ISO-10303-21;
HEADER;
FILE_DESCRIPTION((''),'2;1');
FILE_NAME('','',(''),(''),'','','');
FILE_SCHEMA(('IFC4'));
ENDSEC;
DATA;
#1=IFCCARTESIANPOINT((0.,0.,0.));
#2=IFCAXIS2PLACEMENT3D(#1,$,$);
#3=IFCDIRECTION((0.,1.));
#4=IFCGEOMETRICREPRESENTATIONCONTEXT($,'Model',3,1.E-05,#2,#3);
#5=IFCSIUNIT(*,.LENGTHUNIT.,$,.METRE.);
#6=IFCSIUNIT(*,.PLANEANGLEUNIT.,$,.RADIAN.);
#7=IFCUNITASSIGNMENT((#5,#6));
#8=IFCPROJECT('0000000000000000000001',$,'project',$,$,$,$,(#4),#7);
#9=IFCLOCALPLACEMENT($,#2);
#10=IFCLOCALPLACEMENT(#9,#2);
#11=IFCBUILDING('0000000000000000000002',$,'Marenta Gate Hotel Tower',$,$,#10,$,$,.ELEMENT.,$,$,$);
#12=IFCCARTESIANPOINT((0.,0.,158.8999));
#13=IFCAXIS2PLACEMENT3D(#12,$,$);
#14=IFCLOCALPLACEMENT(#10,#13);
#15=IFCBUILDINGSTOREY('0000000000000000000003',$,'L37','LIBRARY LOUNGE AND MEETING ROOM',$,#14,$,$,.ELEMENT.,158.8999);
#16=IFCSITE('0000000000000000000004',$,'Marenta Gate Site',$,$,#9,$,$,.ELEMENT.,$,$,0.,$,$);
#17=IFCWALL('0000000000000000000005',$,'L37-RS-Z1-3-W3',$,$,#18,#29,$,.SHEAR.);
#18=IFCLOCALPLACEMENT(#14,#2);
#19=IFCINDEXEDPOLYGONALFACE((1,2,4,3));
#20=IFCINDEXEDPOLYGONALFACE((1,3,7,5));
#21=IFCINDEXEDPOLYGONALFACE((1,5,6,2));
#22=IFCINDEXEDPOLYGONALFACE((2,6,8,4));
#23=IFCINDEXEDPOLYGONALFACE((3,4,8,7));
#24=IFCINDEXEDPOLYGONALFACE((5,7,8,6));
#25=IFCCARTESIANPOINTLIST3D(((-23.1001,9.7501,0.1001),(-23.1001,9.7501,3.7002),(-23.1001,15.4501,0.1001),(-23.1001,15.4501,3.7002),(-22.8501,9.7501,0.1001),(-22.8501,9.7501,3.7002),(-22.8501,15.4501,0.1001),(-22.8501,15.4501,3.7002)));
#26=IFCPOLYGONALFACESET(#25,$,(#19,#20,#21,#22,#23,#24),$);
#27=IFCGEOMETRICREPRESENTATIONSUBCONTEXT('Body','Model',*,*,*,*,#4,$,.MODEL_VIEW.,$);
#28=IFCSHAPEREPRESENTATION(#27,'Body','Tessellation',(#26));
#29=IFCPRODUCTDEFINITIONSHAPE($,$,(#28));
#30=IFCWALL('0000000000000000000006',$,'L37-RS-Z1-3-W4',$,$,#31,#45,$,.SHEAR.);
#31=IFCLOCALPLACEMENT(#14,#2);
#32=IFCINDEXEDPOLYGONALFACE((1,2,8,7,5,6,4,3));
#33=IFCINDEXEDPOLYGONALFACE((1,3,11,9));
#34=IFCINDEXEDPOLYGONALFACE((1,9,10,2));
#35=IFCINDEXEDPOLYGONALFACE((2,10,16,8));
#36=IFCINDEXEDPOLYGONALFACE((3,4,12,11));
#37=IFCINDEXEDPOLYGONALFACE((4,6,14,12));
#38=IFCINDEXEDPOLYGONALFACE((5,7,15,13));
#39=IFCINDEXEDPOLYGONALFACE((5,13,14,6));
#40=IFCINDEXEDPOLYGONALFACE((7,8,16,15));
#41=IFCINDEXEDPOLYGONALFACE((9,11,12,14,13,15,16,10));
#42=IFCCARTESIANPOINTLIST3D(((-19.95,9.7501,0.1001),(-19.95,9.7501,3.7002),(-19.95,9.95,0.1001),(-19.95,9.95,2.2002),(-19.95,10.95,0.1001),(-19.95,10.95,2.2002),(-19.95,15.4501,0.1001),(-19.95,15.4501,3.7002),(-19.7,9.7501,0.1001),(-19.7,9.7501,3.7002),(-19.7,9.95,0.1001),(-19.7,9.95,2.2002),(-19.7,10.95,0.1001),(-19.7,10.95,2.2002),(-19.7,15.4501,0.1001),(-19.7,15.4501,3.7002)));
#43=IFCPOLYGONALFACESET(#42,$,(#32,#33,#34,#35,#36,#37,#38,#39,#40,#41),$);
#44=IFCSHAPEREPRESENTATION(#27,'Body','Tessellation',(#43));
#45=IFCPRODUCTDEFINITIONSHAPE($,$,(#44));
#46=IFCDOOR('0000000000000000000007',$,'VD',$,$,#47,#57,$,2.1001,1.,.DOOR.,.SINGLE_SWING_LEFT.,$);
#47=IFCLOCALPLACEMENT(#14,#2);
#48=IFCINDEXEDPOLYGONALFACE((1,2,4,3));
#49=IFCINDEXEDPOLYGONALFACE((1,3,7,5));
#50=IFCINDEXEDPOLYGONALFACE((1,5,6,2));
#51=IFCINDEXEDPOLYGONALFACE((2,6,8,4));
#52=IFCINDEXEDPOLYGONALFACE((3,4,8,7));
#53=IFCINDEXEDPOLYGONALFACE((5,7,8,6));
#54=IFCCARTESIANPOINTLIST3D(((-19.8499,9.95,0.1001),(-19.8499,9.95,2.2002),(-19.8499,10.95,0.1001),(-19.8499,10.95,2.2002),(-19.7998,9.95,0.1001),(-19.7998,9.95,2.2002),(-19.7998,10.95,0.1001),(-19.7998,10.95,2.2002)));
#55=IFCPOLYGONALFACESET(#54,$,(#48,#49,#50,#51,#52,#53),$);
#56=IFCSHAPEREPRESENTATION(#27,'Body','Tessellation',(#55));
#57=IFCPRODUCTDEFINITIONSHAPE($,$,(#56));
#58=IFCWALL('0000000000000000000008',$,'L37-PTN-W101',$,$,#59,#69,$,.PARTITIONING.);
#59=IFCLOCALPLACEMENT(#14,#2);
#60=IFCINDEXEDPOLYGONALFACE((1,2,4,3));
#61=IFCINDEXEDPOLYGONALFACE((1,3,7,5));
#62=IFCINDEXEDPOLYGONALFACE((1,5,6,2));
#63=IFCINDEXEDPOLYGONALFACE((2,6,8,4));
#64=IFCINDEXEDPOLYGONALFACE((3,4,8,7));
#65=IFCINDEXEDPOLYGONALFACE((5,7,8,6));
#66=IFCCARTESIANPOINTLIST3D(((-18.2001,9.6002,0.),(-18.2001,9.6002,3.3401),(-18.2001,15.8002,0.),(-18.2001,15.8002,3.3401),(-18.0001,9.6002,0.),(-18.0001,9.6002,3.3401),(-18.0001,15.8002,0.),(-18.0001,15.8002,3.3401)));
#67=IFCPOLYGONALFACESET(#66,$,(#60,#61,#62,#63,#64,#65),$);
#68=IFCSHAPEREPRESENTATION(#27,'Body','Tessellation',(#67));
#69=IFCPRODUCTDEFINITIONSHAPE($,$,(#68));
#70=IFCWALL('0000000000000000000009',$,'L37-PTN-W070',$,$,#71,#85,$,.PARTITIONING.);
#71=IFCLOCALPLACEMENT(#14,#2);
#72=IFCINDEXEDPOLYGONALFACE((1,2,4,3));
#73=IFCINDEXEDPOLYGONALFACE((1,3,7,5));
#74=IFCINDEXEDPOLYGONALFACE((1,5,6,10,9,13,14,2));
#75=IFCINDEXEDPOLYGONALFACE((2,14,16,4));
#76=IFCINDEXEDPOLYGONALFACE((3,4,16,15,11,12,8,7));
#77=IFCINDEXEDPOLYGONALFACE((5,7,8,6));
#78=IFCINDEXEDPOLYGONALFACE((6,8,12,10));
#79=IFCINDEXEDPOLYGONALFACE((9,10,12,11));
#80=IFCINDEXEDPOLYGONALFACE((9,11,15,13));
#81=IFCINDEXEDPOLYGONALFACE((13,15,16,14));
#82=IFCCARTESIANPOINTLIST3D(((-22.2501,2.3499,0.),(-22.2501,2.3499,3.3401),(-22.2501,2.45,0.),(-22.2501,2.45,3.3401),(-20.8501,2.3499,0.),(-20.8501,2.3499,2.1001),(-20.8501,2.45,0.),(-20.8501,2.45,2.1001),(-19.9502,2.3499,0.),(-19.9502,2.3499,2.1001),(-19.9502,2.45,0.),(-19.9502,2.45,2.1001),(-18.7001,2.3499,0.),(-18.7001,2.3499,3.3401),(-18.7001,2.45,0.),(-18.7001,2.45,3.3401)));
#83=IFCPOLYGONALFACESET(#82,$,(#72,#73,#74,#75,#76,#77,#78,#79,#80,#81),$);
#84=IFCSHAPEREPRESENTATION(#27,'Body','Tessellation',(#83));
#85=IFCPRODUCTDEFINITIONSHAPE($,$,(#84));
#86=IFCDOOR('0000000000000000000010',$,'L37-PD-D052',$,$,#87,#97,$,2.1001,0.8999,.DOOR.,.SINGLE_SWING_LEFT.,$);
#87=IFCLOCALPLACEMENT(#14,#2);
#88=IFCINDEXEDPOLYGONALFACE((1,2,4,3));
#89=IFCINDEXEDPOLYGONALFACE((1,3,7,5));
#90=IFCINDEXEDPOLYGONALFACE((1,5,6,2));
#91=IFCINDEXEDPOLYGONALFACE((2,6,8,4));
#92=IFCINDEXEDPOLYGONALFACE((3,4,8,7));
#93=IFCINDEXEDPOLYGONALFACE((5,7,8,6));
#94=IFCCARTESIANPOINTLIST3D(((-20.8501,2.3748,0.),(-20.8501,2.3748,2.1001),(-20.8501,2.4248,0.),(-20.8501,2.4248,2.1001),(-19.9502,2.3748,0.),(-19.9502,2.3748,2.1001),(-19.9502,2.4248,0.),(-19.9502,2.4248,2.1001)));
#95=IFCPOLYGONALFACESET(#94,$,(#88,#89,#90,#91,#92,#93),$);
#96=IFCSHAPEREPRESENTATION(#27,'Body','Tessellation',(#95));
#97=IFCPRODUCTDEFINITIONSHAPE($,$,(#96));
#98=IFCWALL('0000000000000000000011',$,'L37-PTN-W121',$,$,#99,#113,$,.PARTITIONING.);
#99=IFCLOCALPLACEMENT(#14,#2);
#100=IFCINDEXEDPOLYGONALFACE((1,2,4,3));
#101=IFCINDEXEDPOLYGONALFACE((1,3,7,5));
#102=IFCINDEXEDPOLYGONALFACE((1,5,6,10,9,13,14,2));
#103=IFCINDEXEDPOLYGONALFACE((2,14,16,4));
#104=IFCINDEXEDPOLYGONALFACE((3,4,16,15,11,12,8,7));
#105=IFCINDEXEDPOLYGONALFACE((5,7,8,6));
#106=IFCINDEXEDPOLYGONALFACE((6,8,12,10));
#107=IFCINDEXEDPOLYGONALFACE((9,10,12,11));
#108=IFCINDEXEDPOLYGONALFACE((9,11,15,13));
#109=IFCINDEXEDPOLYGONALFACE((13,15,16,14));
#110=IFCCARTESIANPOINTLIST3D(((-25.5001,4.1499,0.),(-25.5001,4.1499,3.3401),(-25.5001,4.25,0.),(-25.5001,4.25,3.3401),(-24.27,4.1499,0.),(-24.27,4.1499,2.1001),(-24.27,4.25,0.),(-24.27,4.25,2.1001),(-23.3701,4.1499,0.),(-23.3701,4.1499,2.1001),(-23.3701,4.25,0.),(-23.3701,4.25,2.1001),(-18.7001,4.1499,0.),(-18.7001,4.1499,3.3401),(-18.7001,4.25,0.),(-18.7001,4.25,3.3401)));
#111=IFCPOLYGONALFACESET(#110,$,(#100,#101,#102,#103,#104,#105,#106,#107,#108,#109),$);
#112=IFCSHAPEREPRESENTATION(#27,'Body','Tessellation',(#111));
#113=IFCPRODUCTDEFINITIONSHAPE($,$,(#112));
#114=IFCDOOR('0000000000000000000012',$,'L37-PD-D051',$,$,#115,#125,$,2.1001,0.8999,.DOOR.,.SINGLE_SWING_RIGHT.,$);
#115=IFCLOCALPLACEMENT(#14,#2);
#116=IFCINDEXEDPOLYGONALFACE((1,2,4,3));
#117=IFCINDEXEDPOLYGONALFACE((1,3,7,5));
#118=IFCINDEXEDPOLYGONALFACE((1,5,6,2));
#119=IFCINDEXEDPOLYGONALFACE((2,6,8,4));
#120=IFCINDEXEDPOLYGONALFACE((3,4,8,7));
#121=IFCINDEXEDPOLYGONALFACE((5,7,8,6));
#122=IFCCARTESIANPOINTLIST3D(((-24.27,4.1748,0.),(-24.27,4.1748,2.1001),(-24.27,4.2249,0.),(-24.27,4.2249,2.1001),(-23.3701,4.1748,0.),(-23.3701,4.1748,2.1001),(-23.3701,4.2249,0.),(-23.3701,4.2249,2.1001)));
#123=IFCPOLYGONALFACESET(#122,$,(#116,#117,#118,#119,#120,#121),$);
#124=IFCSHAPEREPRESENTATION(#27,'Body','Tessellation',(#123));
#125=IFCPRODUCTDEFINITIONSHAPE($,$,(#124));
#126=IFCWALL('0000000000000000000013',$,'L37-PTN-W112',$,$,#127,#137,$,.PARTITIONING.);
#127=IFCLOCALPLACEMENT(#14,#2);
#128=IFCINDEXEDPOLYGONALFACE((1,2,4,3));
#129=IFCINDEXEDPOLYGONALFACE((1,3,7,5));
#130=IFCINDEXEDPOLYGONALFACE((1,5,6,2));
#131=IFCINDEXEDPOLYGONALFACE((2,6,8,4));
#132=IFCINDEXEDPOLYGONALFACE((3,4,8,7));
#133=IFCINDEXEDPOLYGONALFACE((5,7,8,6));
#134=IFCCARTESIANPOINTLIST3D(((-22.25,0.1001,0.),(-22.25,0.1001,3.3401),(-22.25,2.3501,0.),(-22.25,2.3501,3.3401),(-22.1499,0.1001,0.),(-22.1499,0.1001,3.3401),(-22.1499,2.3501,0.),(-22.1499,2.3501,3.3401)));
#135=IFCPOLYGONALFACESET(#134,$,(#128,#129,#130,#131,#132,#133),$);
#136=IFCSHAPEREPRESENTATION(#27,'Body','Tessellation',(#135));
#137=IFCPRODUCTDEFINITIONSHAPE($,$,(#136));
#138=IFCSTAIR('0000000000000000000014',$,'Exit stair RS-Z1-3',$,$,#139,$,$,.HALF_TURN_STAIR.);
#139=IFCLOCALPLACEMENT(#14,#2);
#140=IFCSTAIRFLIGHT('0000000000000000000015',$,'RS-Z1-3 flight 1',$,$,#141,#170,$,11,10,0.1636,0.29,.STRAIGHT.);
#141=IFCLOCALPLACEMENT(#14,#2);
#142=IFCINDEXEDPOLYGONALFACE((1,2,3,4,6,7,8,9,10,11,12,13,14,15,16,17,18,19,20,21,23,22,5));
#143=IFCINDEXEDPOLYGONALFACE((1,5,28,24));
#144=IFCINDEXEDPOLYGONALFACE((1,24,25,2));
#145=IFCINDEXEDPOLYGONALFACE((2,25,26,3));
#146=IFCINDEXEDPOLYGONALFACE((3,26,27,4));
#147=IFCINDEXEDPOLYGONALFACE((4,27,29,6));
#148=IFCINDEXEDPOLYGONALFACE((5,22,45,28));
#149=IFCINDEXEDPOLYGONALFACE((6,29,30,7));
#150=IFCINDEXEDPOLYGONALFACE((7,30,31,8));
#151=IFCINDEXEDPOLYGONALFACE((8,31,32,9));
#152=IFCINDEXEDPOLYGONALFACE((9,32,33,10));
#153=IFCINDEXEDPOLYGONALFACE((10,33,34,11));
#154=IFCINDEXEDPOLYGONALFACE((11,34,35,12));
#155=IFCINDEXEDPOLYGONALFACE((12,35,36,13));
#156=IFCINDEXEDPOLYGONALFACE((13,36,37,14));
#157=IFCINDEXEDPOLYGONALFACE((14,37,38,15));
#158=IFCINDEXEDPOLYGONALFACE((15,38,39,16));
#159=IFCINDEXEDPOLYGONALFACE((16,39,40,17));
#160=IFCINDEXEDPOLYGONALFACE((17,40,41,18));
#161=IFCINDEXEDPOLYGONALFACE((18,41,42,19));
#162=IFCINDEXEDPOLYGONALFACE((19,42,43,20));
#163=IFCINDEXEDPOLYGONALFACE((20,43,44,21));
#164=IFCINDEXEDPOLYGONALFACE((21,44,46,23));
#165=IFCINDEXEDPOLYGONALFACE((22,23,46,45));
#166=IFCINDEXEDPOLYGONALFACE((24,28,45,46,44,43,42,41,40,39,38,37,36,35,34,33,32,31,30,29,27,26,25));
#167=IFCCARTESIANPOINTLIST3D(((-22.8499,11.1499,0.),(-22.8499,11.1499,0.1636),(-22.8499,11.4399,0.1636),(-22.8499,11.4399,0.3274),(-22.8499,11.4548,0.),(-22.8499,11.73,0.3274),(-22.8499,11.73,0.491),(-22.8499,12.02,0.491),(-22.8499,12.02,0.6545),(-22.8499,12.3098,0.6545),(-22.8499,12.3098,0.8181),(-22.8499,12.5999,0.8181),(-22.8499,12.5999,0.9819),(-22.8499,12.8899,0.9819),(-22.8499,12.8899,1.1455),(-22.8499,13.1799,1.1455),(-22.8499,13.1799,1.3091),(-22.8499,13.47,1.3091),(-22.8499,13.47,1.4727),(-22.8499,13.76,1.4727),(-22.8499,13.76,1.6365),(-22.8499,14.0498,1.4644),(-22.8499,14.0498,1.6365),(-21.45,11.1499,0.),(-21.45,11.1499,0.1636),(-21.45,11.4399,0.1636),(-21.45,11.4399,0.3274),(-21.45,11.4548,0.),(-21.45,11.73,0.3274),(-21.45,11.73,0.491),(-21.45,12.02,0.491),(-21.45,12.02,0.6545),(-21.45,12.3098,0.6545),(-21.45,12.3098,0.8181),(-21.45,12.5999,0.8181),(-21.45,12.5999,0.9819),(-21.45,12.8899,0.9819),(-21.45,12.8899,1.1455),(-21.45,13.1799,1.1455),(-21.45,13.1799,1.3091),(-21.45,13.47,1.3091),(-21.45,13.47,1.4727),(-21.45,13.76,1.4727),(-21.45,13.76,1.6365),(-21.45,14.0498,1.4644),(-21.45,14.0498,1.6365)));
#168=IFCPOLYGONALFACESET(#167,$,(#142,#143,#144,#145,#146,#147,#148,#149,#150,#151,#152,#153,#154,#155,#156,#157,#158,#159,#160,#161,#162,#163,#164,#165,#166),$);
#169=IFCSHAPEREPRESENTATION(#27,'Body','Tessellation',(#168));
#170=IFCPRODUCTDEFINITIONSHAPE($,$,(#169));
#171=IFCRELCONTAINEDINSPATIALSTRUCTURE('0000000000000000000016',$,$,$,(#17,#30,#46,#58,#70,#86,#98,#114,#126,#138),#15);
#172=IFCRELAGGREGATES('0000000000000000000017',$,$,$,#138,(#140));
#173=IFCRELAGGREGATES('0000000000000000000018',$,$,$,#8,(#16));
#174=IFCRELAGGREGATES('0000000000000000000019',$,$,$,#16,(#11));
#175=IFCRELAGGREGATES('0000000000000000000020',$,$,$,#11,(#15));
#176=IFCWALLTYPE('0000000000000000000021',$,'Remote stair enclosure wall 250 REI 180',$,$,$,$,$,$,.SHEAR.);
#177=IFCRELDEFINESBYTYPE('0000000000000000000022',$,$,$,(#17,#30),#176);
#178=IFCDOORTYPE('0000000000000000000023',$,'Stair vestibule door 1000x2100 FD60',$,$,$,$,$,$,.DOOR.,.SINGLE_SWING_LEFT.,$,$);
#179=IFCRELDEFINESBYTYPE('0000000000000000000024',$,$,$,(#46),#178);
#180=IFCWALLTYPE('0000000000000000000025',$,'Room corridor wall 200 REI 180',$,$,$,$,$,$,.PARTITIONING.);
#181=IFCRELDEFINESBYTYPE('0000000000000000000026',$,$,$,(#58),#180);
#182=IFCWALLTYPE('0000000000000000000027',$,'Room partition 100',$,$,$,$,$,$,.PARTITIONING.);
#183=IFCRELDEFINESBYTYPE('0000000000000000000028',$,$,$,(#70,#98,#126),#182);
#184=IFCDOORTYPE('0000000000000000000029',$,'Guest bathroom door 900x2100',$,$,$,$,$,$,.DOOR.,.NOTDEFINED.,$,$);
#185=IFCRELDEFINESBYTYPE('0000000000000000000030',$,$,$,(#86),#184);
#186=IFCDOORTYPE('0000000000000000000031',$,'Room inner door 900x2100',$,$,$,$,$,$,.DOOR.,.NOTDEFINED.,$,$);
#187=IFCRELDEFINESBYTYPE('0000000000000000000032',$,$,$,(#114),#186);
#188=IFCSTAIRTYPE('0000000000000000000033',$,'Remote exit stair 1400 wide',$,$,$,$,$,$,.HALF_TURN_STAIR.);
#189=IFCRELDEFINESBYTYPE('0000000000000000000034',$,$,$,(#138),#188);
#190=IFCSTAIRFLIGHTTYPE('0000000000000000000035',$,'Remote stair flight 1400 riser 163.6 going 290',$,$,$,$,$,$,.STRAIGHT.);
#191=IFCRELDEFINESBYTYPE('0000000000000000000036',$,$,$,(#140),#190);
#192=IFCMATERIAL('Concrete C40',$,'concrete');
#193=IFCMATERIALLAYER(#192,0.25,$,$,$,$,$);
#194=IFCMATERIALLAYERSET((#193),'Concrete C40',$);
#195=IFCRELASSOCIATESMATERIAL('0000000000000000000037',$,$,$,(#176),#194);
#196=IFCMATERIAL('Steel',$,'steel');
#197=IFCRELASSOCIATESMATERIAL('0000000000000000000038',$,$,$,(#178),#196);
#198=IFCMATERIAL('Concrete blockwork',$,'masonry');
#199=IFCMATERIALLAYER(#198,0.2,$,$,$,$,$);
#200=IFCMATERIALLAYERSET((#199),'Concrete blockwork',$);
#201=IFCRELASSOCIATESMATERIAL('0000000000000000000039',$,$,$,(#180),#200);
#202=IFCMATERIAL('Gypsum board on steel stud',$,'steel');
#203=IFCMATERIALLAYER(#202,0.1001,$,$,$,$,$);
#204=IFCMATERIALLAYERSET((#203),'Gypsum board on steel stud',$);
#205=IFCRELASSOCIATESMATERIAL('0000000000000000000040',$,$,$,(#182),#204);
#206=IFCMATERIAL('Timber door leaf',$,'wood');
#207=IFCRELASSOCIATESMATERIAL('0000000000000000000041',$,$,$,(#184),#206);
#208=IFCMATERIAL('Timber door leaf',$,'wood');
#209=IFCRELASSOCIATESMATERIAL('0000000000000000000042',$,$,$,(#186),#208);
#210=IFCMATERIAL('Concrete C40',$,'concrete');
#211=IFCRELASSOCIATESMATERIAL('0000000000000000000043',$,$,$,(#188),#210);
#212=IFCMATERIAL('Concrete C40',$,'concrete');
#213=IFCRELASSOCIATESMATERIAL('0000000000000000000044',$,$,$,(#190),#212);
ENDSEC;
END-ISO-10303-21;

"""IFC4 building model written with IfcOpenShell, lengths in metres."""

from ifc_helpers import new_model, si_unit, direction, frame, frame_2d, origin, place, context, subcontext, project, spatial, polyline, rectangle, outline, extrude, material, layer, layer_set, type_object, element, fill, aggregate, save


model = new_model("IFC4")

# Units and contexts
model_context = context("Model", 3, precision=1e-05, world=origin(), true_north=direction((0.0, 1.0)))
body_context = subcontext(model_context, "Body", "Model", "MODEL_VIEW")
ifc_project = project(units=[si_unit("LENGTHUNIT", "METRE"), si_unit("PLANEANGLEUNIT", "RADIAN")], contexts=[model_context])

# Site, building, storey
site_placement = place(None, origin())
site = spatial("IfcSite", under=ifc_project, at=site_placement, Name="Marenta Gate Site", CompositionType="ELEMENT", RefElevation=0.0)
building_placement = place(site_placement, origin())
building = spatial("IfcBuilding", under=site, at=building_placement, Name="Marenta Gate Hotel Tower", CompositionType="ELEMENT")
storey_placement = place(building_placement, frame((0.0, 0.0, 158.8999)))
storey = spatial("IfcBuildingStorey", under=building, at=storey_placement, Name="L37", Description="LIBRARY LOUNGE AND MEETING ROOM", CompositionType="ELEMENT", Elevation=158.8999)

# Wall
ifc_material_1 = material(Name="Concrete C40", Category="concrete")
ifc_layer_1 = layer(ifc_material_1, 0.25)
ifc_layer_set_1 = layer_set([ifc_layer_1], Name="Concrete C40")
wall_type_1 = type_object("IfcWallType", Name="Remote stair enclosure wall 250 REI 180", PredefinedType="SHEAR", material=ifc_layer_set_1)
wall_1_placement = place(storey_placement, frame((-22.9751, 9.75, 0.1001), z_axis=(0.0, 0.0, 1.0), x_axis=(0.0, 1.0, 0.0)))
element("IfcWall", 1, at=wall_1_placement, inside=storey, type_object=wall_type_1, Name="L37-RS-Z1-3-W3", PredefinedType="SHEAR", context=body_context, shape_type="SweptSolid", body=[
    extrude(rectangle(XDim=5.7, YDim=0.25, at=frame_2d((2.8501, 0.0))), origin(), (0.0, 0.0, 1.0), 3.6001),
])

# Wall, opening, door
wall_2_placement = place(storey_placement, frame((-19.825, 9.75, 0.1001), z_axis=(0.0, 0.0, 1.0), x_axis=(0.0, 1.0, 0.0)))
wall_2 = element("IfcWall", 2, at=wall_2_placement, inside=storey, type_object=wall_type_1, Name="L37-RS-Z1-3-W4", PredefinedType="SHEAR", context=body_context, shape_type="SweptSolid", body=[
    extrude(rectangle(XDim=5.7, YDim=0.25, at=frame_2d((2.8501, 0.0))), origin(), (0.0, 0.0, 1.0), 3.6001),
])
opening_1_placement = place(wall_2_placement, frame((0.2, 0.0, 0.0)))
opening_1 = element("IfcOpeningElement", 3, at=opening_1_placement, cuts=wall_2, PredefinedType="OPENING", context=body_context, shape_type="SweptSolid", body=[
    extrude(rectangle(XDim=1.0, YDim=2.1001, at=frame_2d((0.5, 1.05))), frame((0.0, 0.125, 0.0), z_axis=(0.0, -1.0, 0.0), x_axis=(1.0, 0.0, 0.0)), (0.0, 0.0, 1.0), 0.25),
])
ifc_material_2 = material(Name="Steel", Category="steel")
door_type_1 = type_object("IfcDoorType", Name="Stair vestibule door 1000x2100 FD60", OperationType="SINGLE_SWING_LEFT", PredefinedType="DOOR", material=ifc_material_2)
door_1_placement = place(opening_1_placement, origin())
door_1 = element("IfcDoor", 4, at=door_1_placement, inside=storey, type_object=door_type_1, Name="VD", OperationType="SINGLE_SWING_LEFT", OverallHeight=2.1001, OverallWidth=1.0, PredefinedType="DOOR", context=body_context, shape_type="SweptSolid", body=[
    extrude(rectangle(XDim=1.0, YDim=2.1001, at=frame_2d((0.5, 1.05))), frame((0.0, 0.0249, 0.0), z_axis=(0.0, -1.0, 0.0), x_axis=(1.0, 0.0, 0.0)), (0.0, 0.0, 1.0), 0.05),
])
fill(opening_1, door_1)
ifc_material_3 = material(Name="Concrete blockwork", Category="masonry")
ifc_layer_2 = layer(ifc_material_3, 0.2)
ifc_layer_set_2 = layer_set([ifc_layer_2], Name="Concrete blockwork")
wall_type_2 = type_object("IfcWallType", Name="Room corridor wall 200 REI 180", PredefinedType="PARTITIONING", material=ifc_layer_set_2)

# Wall
wall_3_placement = place(storey_placement, frame((-18.1001, 9.6001, 0.0), z_axis=(0.0, 0.0, 1.0), x_axis=(0.0, 1.0, 0.0)))
element("IfcWall", 5, at=wall_3_placement, inside=storey, type_object=wall_type_2, Name="L37-PTN-W101", PredefinedType="PARTITIONING", context=body_context, shape_type="SweptSolid", body=[
    extrude(rectangle(XDim=6.2, YDim=0.2, at=frame_2d((3.1001, 0.0))), origin(), (0.0, 0.0, 1.0), 3.3401),
])

# Walls, openings, doors
ifc_material_4 = material(Name="Gypsum board on steel stud", Category="steel")
ifc_layer_3 = layer(ifc_material_4, 0.1001)
ifc_layer_set_3 = layer_set([ifc_layer_3], Name="Gypsum board on steel stud")
wall_type_3 = type_object("IfcWallType", Name="Room partition 100", PredefinedType="PARTITIONING", material=ifc_layer_set_3)
wall_4_placement = place(storey_placement, frame((-22.25, 2.3999, 0.0), z_axis=(0.0, 0.0, 1.0), x_axis=(1.0, 0.0, 0.0)))
wall_4 = element("IfcWall", 6, at=wall_4_placement, inside=storey, type_object=wall_type_3, Name="L37-PTN-W070", PredefinedType="PARTITIONING", context=body_context, shape_type="SweptSolid", body=[
    extrude(rectangle(XDim=3.55, YDim=0.1001, at=frame_2d((1.7749, 0.0))), origin(), (0.0, 0.0, 1.0), 3.3401),
])
opening_2_placement = place(wall_4_placement, frame((1.3999, 0.0, 0.0)))
opening_2 = element("IfcOpeningElement", 7, at=opening_2_placement, cuts=wall_4, PredefinedType="OPENING", context=body_context, shape_type="SweptSolid", body=[
    extrude(rectangle(XDim=0.8999, YDim=2.1001, at=frame_2d((0.45, 1.05))), frame((0.0, 0.05, 0.0), z_axis=(0.0, -1.0, 0.0), x_axis=(1.0, 0.0, 0.0)), (0.0, 0.0, 1.0), 0.1001),
])
ifc_material_5 = material(Name="Timber door leaf", Category="wood")
door_type_2 = type_object("IfcDoorType", Name="Guest bathroom door 900x2100", OperationType="NOTDEFINED", PredefinedType="DOOR", material=ifc_material_5)
door_2_placement = place(opening_2_placement, origin())
door_2 = element("IfcDoor", 8, at=door_2_placement, inside=storey, type_object=door_type_2, Name="L37-PD-D052", OperationType="SINGLE_SWING_LEFT", OverallHeight=2.1001, OverallWidth=0.8999, PredefinedType="DOOR", context=body_context, shape_type="SweptSolid", body=[
    extrude(rectangle(XDim=0.8999, YDim=2.1001, at=frame_2d((0.45, 1.05))), frame((0.0, 0.0249, 0.0), z_axis=(0.0, -1.0, 0.0), x_axis=(1.0, 0.0, 0.0)), (0.0, 0.0, 1.0), 0.05),
])
fill(opening_2, door_2)
wall_5_placement = place(storey_placement, frame((-25.5, 4.2, 0.0), z_axis=(0.0, 0.0, 1.0), x_axis=(1.0, 0.0, 0.0)))
wall_5 = element("IfcWall", 9, at=wall_5_placement, inside=storey, type_object=wall_type_3, Name="L37-PTN-W121", PredefinedType="PARTITIONING", context=body_context, shape_type="SweptSolid", body=[
    extrude(rectangle(XDim=6.8, YDim=0.1001, at=frame_2d((3.3999, 0.0))), origin(), (0.0, 0.0, 1.0), 3.3401),
])
opening_3_placement = place(wall_5_placement, frame((1.23, 0.0, 0.0)))
opening_3 = element("IfcOpeningElement", 10, at=opening_3_placement, cuts=wall_5, PredefinedType="OPENING", context=body_context, shape_type="SweptSolid", body=[
    extrude(rectangle(XDim=0.8999, YDim=2.1001, at=frame_2d((0.45, 1.05))), frame((0.0, 0.05, 0.0), z_axis=(0.0, -1.0, 0.0), x_axis=(1.0, 0.0, 0.0)), (0.0, 0.0, 1.0), 0.1001),
])
ifc_material_6 = material(Name="Timber door leaf", Category="wood")
door_type_3 = type_object("IfcDoorType", Name="Room inner door 900x2100", OperationType="NOTDEFINED", PredefinedType="DOOR", material=ifc_material_6)
door_3_placement = place(opening_3_placement, origin())
door_3 = element("IfcDoor", 11, at=door_3_placement, inside=storey, type_object=door_type_3, Name="L37-PD-D051", OperationType="SINGLE_SWING_RIGHT", OverallHeight=2.1001, OverallWidth=0.8999, PredefinedType="DOOR", context=body_context, shape_type="SweptSolid", body=[
    extrude(rectangle(XDim=0.8999, YDim=2.1001, at=frame_2d((0.45, 1.05))), frame((0.0, 0.0249, 0.0), z_axis=(0.0, -1.0, 0.0), x_axis=(1.0, 0.0, 0.0)), (0.0, 0.0, 1.0), 0.05),
])
fill(opening_3, door_3)

# Wall
wall_6_placement = place(storey_placement, frame((-22.2, 0.1001, 0.0), z_axis=(0.0, 0.0, 1.0), x_axis=(0.0, 1.0, 0.0)))
element("IfcWall", 12, at=wall_6_placement, inside=storey, type_object=wall_type_3, Name="L37-PTN-W112", PredefinedType="PARTITIONING", context=body_context, shape_type="SweptSolid", body=[
    extrude(rectangle(XDim=2.25, YDim=0.1001, at=frame_2d((1.125, 0.0))), origin(), (0.0, 0.0, 1.0), 3.3401),
])

# Stair, stair flight
ifc_material_7 = material(Name="Concrete C40", Category="concrete")
stair_type = type_object("IfcStairType", Name="Remote exit stair 1400 wide", PredefinedType="HALF_TURN_STAIR", material=ifc_material_7)
stair_placement = place(storey_placement, origin())
stair = element("IfcStair", 13, at=stair_placement, inside=storey, type_object=stair_type, Name="Exit stair RS-Z1-3", PredefinedType="HALF_TURN_STAIR")
ifc_material_8 = material(Name="Concrete C40", Category="concrete")
stair_flight_type = type_object("IfcStairFlightType", Name="Remote stair flight 1400 riser 163.6 going 290", PredefinedType="STRAIGHT", material=ifc_material_8)
stair_flight_placement = place(storey_placement, frame((-22.1499, 11.1499, 0.0), z_axis=(0.0, 0.0, 1.0), x_axis=(0.0, 1.0, 0.0)))
stair_flight = element("IfcStairFlight", 14, at=stair_flight_placement, type_object=stair_flight_type, Name="RS-Z1-3 flight 1", NumberOfRisers=11, NumberOfTreads=10, PredefinedType="STRAIGHT", RiserHeight=0.1636, TreadLength=0.29, context=body_context, shape_type="SweptSolid", body=[
    extrude(outline(polyline([(0.0, 0.0), (0.0, 0.1636), (0.29, 0.1636), (0.29, 0.3274), (0.5801, 0.3274), (0.5801, 0.491), (0.8701, 0.491), (0.8701, 0.6545), (1.1599, 0.6545), (1.1599, 0.8181), (1.45, 0.8181), (1.45, 0.9819), (1.74, 0.9819), (1.74, 1.1455), (2.03, 1.1455), (2.03, 1.3091), (2.3201, 1.3091), (2.3201, 1.4727), (2.6101, 1.4727), (2.6101, 1.6365), (2.8999, 1.6365), (2.8999, 1.8), (2.8999, 1.4644), (0.3049, 0.0), (0.0, 0.0)])), frame((0.0, 0.7, 0.0), z_axis=(0.0, -1.0, 0.0), x_axis=(1.0, 0.0, 0.0)), (0.0, 0.0, 1.0), 1.3999),
])
aggregate(stair, [stair_flight])

save(model, "model.ifc")
